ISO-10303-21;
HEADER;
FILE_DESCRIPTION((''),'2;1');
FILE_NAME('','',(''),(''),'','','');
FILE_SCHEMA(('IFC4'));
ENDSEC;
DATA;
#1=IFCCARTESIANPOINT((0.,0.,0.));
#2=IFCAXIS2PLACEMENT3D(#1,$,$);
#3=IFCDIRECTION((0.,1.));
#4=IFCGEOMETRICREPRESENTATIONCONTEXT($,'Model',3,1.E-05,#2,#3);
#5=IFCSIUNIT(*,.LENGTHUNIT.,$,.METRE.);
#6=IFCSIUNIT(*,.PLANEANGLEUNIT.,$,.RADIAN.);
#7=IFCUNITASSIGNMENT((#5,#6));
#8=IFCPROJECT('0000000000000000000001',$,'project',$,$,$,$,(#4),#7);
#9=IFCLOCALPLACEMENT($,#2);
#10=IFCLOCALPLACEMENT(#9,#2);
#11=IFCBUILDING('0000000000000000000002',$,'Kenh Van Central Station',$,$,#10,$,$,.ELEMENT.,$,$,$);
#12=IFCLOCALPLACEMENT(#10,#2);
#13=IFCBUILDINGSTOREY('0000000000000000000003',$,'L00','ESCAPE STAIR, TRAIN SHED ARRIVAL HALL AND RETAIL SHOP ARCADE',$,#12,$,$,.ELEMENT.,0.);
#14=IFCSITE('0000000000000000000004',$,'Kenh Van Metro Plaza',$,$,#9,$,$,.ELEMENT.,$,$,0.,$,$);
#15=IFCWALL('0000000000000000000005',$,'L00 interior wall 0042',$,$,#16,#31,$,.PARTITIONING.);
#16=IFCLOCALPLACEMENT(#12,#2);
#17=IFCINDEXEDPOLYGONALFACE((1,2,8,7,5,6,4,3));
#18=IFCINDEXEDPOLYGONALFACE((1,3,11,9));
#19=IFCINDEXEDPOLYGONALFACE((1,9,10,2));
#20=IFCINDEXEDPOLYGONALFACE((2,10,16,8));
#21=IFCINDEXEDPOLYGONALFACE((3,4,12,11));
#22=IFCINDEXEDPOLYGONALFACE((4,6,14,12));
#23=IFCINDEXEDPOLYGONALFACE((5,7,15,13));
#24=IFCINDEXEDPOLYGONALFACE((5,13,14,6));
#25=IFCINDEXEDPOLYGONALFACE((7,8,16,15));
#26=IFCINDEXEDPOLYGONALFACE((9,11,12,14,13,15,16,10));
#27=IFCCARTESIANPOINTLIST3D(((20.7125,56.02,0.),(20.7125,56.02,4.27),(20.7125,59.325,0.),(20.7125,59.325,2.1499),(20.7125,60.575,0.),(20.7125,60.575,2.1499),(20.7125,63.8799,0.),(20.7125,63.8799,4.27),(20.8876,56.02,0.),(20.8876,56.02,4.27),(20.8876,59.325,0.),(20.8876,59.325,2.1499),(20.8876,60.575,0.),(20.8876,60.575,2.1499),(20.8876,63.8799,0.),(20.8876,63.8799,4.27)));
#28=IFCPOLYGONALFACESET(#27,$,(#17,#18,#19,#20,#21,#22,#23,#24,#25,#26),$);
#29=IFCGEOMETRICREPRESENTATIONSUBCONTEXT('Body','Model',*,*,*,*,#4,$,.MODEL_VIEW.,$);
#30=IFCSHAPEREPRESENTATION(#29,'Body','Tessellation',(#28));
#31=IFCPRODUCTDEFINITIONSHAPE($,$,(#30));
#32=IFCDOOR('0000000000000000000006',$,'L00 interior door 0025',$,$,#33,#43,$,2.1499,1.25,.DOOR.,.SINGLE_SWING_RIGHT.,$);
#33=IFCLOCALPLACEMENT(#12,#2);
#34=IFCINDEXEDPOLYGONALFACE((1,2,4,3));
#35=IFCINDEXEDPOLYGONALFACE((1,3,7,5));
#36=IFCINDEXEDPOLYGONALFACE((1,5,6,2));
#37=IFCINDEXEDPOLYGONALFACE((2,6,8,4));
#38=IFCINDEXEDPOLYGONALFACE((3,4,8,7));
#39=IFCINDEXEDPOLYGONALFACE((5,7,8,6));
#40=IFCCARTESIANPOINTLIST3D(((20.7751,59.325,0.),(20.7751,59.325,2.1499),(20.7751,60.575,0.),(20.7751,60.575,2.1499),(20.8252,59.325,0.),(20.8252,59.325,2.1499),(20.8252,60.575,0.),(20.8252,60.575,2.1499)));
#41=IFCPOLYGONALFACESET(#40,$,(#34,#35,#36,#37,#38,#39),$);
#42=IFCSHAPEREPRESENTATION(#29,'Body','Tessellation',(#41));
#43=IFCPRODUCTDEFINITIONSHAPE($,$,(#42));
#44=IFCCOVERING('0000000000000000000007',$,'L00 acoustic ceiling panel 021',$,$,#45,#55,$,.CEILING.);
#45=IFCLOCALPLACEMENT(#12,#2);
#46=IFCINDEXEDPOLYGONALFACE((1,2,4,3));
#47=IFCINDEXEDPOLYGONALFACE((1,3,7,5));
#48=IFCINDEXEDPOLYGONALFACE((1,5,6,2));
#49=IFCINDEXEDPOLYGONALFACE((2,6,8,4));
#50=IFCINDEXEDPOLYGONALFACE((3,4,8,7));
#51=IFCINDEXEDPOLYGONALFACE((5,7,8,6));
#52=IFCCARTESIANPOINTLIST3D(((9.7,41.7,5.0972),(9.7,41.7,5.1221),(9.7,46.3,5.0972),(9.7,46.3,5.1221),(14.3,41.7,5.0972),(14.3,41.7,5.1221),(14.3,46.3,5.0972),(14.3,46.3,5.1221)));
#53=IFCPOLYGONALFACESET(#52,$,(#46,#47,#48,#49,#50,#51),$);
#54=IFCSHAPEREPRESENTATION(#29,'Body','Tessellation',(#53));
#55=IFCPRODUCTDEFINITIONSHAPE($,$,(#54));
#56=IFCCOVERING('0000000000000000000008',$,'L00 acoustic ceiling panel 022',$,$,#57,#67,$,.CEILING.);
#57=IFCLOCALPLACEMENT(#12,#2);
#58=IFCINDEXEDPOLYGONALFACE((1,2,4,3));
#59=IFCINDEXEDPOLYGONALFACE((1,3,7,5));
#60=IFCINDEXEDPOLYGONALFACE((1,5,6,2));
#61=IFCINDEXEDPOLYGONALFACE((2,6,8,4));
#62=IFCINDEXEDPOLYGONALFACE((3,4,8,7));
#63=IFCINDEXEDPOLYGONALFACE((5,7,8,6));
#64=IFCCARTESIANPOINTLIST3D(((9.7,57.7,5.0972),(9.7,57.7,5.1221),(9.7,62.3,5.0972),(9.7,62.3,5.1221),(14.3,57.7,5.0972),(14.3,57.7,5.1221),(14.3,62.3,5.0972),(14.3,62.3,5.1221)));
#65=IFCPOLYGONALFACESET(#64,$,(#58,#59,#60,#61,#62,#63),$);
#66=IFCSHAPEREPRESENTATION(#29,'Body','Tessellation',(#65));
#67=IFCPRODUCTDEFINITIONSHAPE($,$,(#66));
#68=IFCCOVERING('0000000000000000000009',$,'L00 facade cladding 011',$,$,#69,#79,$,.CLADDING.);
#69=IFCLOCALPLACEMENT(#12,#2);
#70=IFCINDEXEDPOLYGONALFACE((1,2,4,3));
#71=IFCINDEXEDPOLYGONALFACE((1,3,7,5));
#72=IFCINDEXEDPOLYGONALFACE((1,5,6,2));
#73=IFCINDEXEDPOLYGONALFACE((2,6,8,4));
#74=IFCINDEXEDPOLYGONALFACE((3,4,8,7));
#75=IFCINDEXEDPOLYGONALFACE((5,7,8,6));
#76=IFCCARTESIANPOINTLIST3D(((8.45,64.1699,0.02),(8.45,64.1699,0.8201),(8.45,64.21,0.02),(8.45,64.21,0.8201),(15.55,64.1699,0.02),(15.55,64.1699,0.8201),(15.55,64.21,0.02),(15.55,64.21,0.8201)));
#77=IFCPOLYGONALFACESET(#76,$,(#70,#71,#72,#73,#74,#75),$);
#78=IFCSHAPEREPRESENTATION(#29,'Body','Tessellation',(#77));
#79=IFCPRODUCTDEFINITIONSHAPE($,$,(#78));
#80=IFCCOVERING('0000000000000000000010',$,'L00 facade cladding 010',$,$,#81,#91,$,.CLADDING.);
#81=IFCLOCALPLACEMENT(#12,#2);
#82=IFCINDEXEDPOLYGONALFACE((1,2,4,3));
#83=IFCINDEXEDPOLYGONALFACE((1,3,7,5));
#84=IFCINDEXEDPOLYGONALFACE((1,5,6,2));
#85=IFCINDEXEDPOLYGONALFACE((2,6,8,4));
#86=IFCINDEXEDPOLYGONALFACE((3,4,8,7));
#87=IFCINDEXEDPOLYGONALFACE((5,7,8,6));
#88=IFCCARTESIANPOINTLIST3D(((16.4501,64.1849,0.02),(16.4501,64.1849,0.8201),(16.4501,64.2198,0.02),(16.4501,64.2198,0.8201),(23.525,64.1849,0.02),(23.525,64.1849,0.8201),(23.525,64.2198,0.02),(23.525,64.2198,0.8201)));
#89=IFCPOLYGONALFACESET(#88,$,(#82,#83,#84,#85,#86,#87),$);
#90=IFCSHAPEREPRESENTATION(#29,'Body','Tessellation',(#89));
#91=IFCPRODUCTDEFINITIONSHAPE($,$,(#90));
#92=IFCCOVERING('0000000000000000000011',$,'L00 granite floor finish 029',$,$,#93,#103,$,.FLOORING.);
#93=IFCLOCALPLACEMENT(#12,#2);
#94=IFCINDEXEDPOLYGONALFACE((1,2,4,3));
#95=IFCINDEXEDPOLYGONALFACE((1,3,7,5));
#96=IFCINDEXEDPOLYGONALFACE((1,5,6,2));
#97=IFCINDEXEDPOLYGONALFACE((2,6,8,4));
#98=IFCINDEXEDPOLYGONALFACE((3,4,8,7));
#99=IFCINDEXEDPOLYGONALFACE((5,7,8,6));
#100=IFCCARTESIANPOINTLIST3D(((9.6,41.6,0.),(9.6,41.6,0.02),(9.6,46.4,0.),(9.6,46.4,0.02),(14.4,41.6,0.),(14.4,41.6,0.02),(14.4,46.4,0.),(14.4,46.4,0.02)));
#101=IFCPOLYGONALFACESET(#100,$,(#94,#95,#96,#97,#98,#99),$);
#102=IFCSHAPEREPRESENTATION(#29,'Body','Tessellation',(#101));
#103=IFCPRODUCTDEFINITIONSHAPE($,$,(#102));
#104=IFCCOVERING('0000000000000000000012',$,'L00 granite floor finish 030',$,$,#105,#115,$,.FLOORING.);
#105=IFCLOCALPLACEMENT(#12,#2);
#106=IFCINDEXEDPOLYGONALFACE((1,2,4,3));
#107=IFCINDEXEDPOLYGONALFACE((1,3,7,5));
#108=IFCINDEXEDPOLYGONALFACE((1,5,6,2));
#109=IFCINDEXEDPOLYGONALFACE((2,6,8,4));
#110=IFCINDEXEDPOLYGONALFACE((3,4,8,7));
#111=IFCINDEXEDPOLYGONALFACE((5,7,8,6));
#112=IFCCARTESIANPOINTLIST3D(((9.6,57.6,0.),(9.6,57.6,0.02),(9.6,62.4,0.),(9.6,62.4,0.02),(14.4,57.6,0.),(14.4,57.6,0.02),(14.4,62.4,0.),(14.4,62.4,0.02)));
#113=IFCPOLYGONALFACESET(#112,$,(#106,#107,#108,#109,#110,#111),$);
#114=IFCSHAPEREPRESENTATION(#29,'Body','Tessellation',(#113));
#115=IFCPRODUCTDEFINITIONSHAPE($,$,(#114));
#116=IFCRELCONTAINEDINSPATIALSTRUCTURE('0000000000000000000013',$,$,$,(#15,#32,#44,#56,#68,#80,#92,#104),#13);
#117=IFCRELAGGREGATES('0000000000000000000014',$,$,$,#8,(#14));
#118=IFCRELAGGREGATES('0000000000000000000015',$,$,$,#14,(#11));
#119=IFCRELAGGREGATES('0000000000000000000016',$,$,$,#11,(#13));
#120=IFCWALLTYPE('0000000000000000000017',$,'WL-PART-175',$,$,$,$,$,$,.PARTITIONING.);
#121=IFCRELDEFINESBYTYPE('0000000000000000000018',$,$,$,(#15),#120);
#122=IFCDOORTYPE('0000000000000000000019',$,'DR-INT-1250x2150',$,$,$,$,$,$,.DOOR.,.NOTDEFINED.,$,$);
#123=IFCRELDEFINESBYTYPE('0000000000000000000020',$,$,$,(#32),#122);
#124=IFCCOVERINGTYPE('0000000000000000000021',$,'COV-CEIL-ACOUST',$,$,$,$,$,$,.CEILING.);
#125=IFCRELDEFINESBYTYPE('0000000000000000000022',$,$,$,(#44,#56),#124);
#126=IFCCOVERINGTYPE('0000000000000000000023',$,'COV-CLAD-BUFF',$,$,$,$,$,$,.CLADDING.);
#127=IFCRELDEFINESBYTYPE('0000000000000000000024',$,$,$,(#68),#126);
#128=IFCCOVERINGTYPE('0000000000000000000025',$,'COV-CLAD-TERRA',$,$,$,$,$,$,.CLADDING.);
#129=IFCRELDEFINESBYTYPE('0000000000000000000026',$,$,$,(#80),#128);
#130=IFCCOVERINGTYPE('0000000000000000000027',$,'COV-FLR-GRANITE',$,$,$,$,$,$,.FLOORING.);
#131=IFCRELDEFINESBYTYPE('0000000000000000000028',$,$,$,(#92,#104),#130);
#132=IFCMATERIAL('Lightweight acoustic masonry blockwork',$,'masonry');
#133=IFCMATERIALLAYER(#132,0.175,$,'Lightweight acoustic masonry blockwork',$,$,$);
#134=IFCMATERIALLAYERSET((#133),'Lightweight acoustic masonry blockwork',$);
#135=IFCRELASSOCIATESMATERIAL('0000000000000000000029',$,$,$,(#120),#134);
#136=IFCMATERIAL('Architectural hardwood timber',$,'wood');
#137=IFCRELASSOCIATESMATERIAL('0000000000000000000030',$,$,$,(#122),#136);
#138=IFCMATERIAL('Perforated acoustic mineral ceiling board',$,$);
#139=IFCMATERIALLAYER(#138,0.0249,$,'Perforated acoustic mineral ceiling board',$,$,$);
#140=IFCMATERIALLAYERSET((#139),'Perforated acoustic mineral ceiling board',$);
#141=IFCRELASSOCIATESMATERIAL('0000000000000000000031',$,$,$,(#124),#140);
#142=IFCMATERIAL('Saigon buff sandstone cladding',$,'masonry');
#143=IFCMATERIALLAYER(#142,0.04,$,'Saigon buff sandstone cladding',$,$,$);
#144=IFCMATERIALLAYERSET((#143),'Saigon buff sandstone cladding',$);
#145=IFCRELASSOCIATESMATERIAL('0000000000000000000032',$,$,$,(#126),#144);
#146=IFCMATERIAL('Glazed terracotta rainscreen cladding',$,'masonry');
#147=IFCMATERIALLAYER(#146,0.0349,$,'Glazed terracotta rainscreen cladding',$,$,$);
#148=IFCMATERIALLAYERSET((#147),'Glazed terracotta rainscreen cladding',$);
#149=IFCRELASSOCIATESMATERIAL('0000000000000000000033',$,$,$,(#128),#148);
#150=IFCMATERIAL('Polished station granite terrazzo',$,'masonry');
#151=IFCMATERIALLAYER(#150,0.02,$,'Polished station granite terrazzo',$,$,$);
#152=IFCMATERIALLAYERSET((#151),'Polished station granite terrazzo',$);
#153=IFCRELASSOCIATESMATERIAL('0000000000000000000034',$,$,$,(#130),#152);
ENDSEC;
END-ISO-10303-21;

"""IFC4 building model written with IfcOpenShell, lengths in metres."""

from ifc_helpers import new_model, si_unit, direction, frame, frame_2d, origin, origin_2d, place, context, subcontext, project, spatial, rectangle, extrude, material, layer, layer_set, type_object, element, fill, save


model = new_model("IFC4")

# Units and contexts
model_context = context("Model", 3, precision=1e-05, world=origin(), true_north=direction((0.0, 1.0)))
body_context = subcontext(model_context, "Body", "Model", "MODEL_VIEW")
ifc_project = project(units=[si_unit("LENGTHUNIT", "METRE"), si_unit("PLANEANGLEUNIT", "RADIAN")], contexts=[model_context])

# Site, building, storey
site_placement = place(None, origin())
site = spatial("IfcSite", under=ifc_project, at=site_placement, Name="Kenh Van Metro Plaza", CompositionType="ELEMENT", RefElevation=0.0)
building_placement = place(site_placement, origin())
building = spatial("IfcBuilding", under=site, at=building_placement, Name="Kenh Van Central Station", CompositionType="ELEMENT")
storey_placement = place(building_placement, origin())
storey = spatial("IfcBuildingStorey", under=building, at=storey_placement, Name="L00", Description="ESCAPE STAIR, TRAIN SHED ARRIVAL HALL AND RETAIL SHOP ARCADE", CompositionType="ELEMENT", Elevation=0.0)

# Shared definitions
ifc_material_1 = material(Name="Lightweight acoustic masonry blockwork", Category="masonry")
ifc_material_2 = material(Name="Architectural hardwood timber", Category="wood")

# Wall, opening, door
ifc_layer_1 = layer(ifc_material_1, 0.175, Name="Lightweight acoustic masonry blockwork")
ifc_layer_set_1 = layer_set([ifc_layer_1], Name="Lightweight acoustic masonry blockwork")
wall_type_1 = type_object("IfcWallType", Name="WL-PART-175", PredefinedType="PARTITIONING", material=ifc_layer_set_1)
wall_1_placement = place(storey_placement, frame((20.8, 56.02, 0.0), z_axis=(0.0, 0.0, 1.0), x_axis=(0.0, 1.0, 0.0)))
wall_1 = element("IfcWall", 1, at=wall_1_placement, inside=storey, type_object=wall_type_1, Name="L00 interior wall 0042", PredefinedType="PARTITIONING", context=body_context, shape_type="SweptSolid", body=[
    extrude(rectangle(XDim=7.8599, YDim=0.175, at=frame_2d((3.9299, 0.0))), origin(), (0.0, 0.0, 1.0), 4.27),
])
opening_1_placement = place(wall_1_placement, frame((3.3049, 0.0, 0.0)))
opening_1 = element("IfcOpeningElement", 2, at=opening_1_placement, cuts=wall_1, PredefinedType="OPENING", context=body_context, shape_type="SweptSolid", body=[
    extrude(rectangle(XDim=1.25, YDim=2.1499, at=frame_2d((0.625, 1.075))), frame((0.0, 0.0974, 0.0), z_axis=(0.0, -1.0, 0.0), x_axis=(1.0, 0.0, 0.0)), (0.0, 0.0, 1.0), 0.1951),
])
door_type_1 = type_object("IfcDoorType", Name="DR-INT-1250x2150", OperationType="NOTDEFINED", PredefinedType="DOOR", material=ifc_material_2)
door_1_placement = place(opening_1_placement, origin())
door_1 = element("IfcDoor", 3, at=door_1_placement, inside=storey, type_object=door_type_1, Name="L00 interior door 0025", OperationType="SINGLE_SWING_RIGHT", OverallHeight=2.1499, OverallWidth=1.25, PredefinedType="DOOR", context=body_context, shape_type="SweptSolid", body=[
    extrude(rectangle(XDim=1.25, YDim=2.1499, at=frame_2d((0.625, 1.075))), frame((0.0, 0.0249, 0.0), z_axis=(0.0, -1.0, 0.0), x_axis=(1.0, 0.0, 0.0)), (0.0, 0.0, 1.0), 0.05),
])
fill(opening_1, door_1)

# Coverings
ifc_material_3 = material(Name="Perforated acoustic mineral ceiling board")
ifc_layer_2 = layer(ifc_material_3, 0.0249, Name="Perforated acoustic mineral ceiling board")
ifc_layer_set_2 = layer_set([ifc_layer_2], Name="Perforated acoustic mineral ceiling board")
covering_type_1 = type_object("IfcCoveringType", Name="COV-CEIL-ACOUST", PredefinedType="CEILING", material=ifc_layer_set_2)
for number, where, z_axis, x_axis, name in (
    (4, (12.0, 44.0, 5.0972), (0.0, 0.0, 1.0), (1.0, 0.0, 0.0), "L00 acoustic ceiling panel 021"),
    (5, (12.0, 60.0, 5.0972), (0.0, 0.0, 1.0), (1.0, 0.0, 0.0), "L00 acoustic ceiling panel 022"),
):
    element("IfcCovering", number, at=place(storey_placement, frame(where, z_axis=z_axis, x_axis=x_axis)), inside=storey, type_object=covering_type_1, Name=name, PredefinedType="CEILING", context=body_context, shape_type="SweptSolid", body=[
        extrude(rectangle(XDim=4.6001, YDim=4.6001, at=origin_2d()), origin(), (0.0, 0.0, 1.0), 0.0249),
    ])
ifc_material_4 = material(Name="Saigon buff sandstone cladding", Category="masonry")
ifc_layer_3 = layer(ifc_material_4, 0.04, Name="Saigon buff sandstone cladding")
ifc_layer_set_3 = layer_set([ifc_layer_3], Name="Saigon buff sandstone cladding")
covering_type_2 = type_object("IfcCoveringType", Name="COV-CLAD-BUFF", PredefinedType="CLADDING", material=ifc_layer_set_3)
covering_1_placement = place(storey_placement, frame((12.0, 64.1899, 0.02), z_axis=(0.0, 0.0, 1.0), x_axis=(-1.0, 0.0, 0.0)))
element("IfcCovering", 6, at=covering_1_placement, inside=storey, type_object=covering_type_2, Name="L00 facade cladding 011", PredefinedType="CLADDING", context=body_context, shape_type="SweptSolid", body=[
    extrude(rectangle(XDim=7.1001, YDim=0.04, at=origin_2d()), origin(), (0.0, 0.0, 1.0), 0.8),
])
ifc_material_5 = material(Name="Glazed terracotta rainscreen cladding", Category="masonry")
ifc_layer_4 = layer(ifc_material_5, 0.0349, Name="Glazed terracotta rainscreen cladding")
ifc_layer_set_4 = layer_set([ifc_layer_4], Name="Glazed terracotta rainscreen cladding")
covering_type_3 = type_object("IfcCoveringType", Name="COV-CLAD-TERRA", PredefinedType="CLADDING", material=ifc_layer_set_4)
covering_2_placement = place(storey_placement, frame((19.9875, 64.2024, 0.02), z_axis=(0.0, 0.0, 1.0), x_axis=(-1.0, 0.0, 0.0)))
element("IfcCovering", 7, at=covering_2_placement, inside=storey, type_object=covering_type_3, Name="L00 facade cladding 010", PredefinedType="CLADDING", context=body_context, shape_type="SweptSolid", body=[
    extrude(rectangle(XDim=7.075, YDim=0.0349, at=origin_2d()), origin(), (0.0, 0.0, 1.0), 0.8),
])
ifc_material_6 = material(Name="Polished station granite terrazzo", Category="masonry")
ifc_layer_5 = layer(ifc_material_6, 0.02, Name="Polished station granite terrazzo")
ifc_layer_set_5 = layer_set([ifc_layer_5], Name="Polished station granite terrazzo")
covering_type_4 = type_object("IfcCoveringType", Name="COV-FLR-GRANITE", PredefinedType="FLOORING", material=ifc_layer_set_5)
for number, where, z_axis, x_axis, name in (
    (8, (12.0, 44.0, 0.0), (0.0, 0.0, 1.0), (1.0, 0.0, 0.0), "L00 granite floor finish 029"),
    (9, (12.0, 60.0, 0.0), (0.0, 0.0, 1.0), (1.0, 0.0, 0.0), "L00 granite floor finish 030"),
):
    element("IfcCovering", number, at=place(storey_placement, frame(where, z_axis=z_axis, x_axis=x_axis)), inside=storey, type_object=covering_type_4, Name=name, PredefinedType="FLOORING", context=body_context, shape_type="SweptSolid", body=[
        extrude(rectangle(XDim=4.8, YDim=4.8, at=origin_2d()), origin(), (0.0, 0.0, 1.0), 0.02),
    ])

save(model, "model.ifc")
